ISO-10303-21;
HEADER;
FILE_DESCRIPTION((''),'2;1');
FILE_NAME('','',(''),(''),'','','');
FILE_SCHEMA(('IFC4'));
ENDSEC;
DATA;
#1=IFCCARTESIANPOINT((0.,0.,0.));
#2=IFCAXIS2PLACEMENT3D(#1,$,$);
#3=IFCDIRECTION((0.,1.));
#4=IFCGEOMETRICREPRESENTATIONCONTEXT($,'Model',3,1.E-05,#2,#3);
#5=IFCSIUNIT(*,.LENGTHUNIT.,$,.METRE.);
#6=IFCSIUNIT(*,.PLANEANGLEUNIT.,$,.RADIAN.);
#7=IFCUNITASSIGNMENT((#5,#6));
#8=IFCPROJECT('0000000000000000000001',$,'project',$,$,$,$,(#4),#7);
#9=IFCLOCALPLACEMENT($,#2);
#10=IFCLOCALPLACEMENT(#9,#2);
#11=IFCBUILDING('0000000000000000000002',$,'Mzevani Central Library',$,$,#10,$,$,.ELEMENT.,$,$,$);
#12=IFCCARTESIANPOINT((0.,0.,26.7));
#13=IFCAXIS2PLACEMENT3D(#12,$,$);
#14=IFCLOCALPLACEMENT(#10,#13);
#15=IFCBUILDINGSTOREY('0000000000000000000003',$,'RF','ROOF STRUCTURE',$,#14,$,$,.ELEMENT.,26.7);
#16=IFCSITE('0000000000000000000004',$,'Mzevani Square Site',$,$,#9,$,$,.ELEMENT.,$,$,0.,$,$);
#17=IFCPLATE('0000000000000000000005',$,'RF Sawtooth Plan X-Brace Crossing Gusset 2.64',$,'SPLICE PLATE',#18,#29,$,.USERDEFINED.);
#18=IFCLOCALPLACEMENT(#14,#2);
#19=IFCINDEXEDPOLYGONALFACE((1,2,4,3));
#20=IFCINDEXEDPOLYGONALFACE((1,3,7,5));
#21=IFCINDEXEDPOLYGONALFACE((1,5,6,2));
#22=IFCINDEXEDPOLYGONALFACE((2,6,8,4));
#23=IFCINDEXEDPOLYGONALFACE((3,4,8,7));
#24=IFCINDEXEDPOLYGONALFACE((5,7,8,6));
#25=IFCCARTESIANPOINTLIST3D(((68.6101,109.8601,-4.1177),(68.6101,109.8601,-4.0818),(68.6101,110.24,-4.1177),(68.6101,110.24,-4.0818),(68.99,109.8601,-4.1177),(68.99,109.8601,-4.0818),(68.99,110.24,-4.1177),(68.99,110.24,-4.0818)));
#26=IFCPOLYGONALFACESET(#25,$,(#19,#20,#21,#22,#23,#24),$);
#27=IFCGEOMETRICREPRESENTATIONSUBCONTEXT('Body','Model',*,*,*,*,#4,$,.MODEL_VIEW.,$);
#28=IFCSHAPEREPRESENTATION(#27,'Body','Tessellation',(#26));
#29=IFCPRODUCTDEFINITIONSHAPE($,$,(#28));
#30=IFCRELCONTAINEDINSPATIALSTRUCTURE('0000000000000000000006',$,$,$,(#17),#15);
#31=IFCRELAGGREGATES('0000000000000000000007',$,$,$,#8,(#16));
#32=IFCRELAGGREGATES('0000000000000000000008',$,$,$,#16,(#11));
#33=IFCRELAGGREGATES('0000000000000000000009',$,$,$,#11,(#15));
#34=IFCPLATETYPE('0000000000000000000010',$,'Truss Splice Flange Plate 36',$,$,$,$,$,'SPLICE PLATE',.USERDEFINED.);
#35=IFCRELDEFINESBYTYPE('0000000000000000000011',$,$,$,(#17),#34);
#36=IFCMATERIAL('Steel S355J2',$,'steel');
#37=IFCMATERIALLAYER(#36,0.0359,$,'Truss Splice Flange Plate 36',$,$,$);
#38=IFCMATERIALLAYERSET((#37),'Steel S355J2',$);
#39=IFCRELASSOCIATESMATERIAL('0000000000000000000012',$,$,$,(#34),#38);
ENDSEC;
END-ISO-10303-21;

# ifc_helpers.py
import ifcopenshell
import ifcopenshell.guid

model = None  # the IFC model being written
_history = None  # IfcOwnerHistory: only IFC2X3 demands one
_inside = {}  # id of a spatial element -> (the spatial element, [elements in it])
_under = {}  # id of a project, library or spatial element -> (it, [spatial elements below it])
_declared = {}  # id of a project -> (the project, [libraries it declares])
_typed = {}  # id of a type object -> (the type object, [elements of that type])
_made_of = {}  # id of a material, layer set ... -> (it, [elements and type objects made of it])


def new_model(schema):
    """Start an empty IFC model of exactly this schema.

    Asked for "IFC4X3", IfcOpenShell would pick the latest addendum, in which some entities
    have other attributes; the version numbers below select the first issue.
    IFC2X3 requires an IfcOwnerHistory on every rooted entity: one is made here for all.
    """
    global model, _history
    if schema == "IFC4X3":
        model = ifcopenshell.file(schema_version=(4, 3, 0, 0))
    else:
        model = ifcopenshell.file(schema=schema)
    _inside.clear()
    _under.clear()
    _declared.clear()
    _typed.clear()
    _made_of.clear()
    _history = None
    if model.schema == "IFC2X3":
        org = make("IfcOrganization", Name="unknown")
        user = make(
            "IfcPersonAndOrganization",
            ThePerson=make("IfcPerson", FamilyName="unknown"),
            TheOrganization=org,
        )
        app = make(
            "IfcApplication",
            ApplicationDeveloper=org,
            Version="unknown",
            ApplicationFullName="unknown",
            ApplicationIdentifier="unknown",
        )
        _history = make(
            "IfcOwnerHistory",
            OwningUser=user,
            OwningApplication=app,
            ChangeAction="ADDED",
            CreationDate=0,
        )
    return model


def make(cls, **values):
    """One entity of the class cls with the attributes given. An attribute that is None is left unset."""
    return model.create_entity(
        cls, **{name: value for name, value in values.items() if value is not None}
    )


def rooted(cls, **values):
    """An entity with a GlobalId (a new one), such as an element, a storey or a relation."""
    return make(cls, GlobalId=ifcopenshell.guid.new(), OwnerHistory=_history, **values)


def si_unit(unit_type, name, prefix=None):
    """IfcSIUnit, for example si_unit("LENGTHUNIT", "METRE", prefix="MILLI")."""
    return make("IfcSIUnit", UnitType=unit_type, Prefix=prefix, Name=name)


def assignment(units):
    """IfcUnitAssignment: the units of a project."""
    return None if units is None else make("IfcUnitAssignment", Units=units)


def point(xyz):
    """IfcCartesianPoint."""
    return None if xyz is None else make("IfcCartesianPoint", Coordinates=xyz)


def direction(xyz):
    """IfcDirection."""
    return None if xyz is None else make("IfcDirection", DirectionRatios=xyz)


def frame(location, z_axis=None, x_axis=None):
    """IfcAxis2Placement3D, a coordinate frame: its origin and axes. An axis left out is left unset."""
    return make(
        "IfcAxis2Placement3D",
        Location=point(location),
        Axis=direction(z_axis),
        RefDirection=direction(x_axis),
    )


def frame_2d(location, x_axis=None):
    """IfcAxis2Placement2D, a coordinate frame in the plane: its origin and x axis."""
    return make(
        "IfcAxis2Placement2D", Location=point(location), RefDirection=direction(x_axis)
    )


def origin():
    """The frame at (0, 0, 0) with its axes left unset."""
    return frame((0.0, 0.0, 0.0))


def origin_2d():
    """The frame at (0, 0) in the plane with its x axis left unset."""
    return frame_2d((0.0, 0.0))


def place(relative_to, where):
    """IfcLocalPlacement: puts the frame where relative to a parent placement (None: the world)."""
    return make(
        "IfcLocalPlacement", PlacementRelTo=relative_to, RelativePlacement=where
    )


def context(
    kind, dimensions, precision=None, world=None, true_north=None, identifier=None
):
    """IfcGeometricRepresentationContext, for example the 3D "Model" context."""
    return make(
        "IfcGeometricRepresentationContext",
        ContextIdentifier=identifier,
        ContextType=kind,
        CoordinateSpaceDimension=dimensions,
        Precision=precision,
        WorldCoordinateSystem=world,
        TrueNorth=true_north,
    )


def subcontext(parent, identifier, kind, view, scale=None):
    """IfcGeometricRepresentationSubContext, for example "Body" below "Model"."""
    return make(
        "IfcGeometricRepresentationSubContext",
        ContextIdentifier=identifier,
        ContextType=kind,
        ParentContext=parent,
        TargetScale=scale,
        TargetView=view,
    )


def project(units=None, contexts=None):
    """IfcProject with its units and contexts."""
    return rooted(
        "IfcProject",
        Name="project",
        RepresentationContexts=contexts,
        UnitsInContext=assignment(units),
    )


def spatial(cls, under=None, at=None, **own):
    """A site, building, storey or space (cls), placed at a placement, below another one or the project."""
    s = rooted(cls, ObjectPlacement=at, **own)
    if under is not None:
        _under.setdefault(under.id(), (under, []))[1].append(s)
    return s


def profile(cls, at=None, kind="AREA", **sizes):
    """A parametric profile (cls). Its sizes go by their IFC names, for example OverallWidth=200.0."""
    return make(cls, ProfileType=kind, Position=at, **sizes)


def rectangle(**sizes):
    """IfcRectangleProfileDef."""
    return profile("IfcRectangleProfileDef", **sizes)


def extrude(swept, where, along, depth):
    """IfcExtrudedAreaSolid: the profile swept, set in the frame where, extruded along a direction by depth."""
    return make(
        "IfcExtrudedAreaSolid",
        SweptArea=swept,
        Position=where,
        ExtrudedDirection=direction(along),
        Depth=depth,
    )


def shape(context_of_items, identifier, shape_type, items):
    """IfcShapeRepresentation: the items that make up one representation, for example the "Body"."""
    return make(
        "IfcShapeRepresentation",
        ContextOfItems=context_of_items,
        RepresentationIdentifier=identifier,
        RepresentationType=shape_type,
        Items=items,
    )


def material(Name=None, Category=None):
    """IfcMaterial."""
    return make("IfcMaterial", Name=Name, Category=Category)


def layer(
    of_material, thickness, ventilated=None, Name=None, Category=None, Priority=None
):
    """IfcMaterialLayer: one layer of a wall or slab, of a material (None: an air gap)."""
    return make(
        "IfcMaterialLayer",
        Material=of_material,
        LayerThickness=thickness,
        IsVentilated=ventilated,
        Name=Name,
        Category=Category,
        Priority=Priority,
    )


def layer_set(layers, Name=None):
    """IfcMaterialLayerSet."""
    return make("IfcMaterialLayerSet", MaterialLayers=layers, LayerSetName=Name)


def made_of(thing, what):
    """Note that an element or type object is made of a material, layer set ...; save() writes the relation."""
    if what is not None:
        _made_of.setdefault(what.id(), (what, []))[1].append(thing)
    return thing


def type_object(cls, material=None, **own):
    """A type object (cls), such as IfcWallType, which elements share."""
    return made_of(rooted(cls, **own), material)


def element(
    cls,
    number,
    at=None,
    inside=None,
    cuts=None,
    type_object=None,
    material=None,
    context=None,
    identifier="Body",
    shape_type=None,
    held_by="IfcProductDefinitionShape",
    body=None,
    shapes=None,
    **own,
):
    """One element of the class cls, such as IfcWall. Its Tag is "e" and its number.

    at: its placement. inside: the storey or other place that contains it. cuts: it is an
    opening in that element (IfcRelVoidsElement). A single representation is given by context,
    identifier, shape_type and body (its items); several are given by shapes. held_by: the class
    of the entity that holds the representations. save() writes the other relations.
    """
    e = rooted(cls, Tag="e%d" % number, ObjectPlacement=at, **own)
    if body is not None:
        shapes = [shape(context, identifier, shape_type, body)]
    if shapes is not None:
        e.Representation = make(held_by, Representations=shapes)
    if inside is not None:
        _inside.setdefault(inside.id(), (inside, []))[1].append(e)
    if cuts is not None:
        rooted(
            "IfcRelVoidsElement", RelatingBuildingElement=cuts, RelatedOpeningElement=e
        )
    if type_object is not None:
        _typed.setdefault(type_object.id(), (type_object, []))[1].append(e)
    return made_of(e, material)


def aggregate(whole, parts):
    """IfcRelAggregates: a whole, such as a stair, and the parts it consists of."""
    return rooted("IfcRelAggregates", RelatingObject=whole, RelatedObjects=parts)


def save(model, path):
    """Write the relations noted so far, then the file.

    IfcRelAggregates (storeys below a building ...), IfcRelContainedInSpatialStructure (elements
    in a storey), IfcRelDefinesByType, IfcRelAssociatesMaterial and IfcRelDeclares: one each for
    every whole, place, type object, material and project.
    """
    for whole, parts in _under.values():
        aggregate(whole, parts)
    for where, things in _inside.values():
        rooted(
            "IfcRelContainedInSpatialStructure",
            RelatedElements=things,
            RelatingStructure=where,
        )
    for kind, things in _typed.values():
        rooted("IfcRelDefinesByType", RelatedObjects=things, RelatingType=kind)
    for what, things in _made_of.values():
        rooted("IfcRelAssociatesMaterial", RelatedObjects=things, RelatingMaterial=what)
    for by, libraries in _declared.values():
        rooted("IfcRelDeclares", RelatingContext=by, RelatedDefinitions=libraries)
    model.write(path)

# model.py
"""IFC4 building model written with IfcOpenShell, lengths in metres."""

from ifc_helpers import new_model, si_unit, direction, frame, origin, origin_2d, place, context, subcontext, project, spatial, rectangle, extrude, material, layer, layer_set, type_object, element, save


model = new_model("IFC4")

# Units and contexts
model_context = context("Model", 3, precision=1e-05, world=origin(), true_north=direction((0.0, 1.0)))
body_context = subcontext(model_context, "Body", "Model", "MODEL_VIEW")
ifc_project = project(units=[si_unit("LENGTHUNIT", "METRE"), si_unit("PLANEANGLEUNIT", "RADIAN")], contexts=[model_context])

# Site, building, storey
site_placement = place(None, origin())
site = spatial("IfcSite", under=ifc_project, at=site_placement, Name="Mzevani Square Site", CompositionType="ELEMENT", RefElevation=0.0)
building_placement = place(site_placement, origin())
building = spatial("IfcBuilding", under=site, at=building_placement, Name="Mzevani Central Library", CompositionType="ELEMENT")
storey_placement = place(building_placement, frame((0.0, 0.0, 26.7)))
storey = spatial("IfcBuildingStorey", under=building, at=storey_placement, Name="RF", Description="ROOF STRUCTURE", CompositionType="ELEMENT", Elevation=26.7)

# Shared definitions
ifc_material_1 = material(Name="Steel S355J2", Category="steel")

# Plate
ifc_layer_1 = layer(ifc_material_1, 0.0359, Name="Truss Splice Flange Plate 36")
ifc_layer_set_1 = layer_set([ifc_layer_1], Name="Steel S355J2")
plate_type_1 = type_object("IfcPlateType", Name="Truss Splice Flange Plate 36", ElementType="SPLICE PLATE", PredefinedType="USERDEFINED", material=ifc_layer_set_1)
plate_1_placement = place(storey_placement, frame((68.8, 110.05, -4.1177), z_axis=(0.0, 0.0, 1.0), x_axis=(1.0, 0.0, 0.0)))
element("IfcPlate", 1, at=plate_1_placement, inside=storey, type_object=plate_type_1, Name="RF Sawtooth Plan X-Brace Crossing Gusset 2.64", ObjectType="SPLICE PLATE", PredefinedType="USERDEFINED", context=body_context, shape_type="SweptSolid", body=[
    extrude(rectangle(XDim=0.3799, YDim=0.3799, at=origin_2d()), origin(), (0.0, 0.0, 1.0), 0.0359),
])

save(model, "model.ifc")
